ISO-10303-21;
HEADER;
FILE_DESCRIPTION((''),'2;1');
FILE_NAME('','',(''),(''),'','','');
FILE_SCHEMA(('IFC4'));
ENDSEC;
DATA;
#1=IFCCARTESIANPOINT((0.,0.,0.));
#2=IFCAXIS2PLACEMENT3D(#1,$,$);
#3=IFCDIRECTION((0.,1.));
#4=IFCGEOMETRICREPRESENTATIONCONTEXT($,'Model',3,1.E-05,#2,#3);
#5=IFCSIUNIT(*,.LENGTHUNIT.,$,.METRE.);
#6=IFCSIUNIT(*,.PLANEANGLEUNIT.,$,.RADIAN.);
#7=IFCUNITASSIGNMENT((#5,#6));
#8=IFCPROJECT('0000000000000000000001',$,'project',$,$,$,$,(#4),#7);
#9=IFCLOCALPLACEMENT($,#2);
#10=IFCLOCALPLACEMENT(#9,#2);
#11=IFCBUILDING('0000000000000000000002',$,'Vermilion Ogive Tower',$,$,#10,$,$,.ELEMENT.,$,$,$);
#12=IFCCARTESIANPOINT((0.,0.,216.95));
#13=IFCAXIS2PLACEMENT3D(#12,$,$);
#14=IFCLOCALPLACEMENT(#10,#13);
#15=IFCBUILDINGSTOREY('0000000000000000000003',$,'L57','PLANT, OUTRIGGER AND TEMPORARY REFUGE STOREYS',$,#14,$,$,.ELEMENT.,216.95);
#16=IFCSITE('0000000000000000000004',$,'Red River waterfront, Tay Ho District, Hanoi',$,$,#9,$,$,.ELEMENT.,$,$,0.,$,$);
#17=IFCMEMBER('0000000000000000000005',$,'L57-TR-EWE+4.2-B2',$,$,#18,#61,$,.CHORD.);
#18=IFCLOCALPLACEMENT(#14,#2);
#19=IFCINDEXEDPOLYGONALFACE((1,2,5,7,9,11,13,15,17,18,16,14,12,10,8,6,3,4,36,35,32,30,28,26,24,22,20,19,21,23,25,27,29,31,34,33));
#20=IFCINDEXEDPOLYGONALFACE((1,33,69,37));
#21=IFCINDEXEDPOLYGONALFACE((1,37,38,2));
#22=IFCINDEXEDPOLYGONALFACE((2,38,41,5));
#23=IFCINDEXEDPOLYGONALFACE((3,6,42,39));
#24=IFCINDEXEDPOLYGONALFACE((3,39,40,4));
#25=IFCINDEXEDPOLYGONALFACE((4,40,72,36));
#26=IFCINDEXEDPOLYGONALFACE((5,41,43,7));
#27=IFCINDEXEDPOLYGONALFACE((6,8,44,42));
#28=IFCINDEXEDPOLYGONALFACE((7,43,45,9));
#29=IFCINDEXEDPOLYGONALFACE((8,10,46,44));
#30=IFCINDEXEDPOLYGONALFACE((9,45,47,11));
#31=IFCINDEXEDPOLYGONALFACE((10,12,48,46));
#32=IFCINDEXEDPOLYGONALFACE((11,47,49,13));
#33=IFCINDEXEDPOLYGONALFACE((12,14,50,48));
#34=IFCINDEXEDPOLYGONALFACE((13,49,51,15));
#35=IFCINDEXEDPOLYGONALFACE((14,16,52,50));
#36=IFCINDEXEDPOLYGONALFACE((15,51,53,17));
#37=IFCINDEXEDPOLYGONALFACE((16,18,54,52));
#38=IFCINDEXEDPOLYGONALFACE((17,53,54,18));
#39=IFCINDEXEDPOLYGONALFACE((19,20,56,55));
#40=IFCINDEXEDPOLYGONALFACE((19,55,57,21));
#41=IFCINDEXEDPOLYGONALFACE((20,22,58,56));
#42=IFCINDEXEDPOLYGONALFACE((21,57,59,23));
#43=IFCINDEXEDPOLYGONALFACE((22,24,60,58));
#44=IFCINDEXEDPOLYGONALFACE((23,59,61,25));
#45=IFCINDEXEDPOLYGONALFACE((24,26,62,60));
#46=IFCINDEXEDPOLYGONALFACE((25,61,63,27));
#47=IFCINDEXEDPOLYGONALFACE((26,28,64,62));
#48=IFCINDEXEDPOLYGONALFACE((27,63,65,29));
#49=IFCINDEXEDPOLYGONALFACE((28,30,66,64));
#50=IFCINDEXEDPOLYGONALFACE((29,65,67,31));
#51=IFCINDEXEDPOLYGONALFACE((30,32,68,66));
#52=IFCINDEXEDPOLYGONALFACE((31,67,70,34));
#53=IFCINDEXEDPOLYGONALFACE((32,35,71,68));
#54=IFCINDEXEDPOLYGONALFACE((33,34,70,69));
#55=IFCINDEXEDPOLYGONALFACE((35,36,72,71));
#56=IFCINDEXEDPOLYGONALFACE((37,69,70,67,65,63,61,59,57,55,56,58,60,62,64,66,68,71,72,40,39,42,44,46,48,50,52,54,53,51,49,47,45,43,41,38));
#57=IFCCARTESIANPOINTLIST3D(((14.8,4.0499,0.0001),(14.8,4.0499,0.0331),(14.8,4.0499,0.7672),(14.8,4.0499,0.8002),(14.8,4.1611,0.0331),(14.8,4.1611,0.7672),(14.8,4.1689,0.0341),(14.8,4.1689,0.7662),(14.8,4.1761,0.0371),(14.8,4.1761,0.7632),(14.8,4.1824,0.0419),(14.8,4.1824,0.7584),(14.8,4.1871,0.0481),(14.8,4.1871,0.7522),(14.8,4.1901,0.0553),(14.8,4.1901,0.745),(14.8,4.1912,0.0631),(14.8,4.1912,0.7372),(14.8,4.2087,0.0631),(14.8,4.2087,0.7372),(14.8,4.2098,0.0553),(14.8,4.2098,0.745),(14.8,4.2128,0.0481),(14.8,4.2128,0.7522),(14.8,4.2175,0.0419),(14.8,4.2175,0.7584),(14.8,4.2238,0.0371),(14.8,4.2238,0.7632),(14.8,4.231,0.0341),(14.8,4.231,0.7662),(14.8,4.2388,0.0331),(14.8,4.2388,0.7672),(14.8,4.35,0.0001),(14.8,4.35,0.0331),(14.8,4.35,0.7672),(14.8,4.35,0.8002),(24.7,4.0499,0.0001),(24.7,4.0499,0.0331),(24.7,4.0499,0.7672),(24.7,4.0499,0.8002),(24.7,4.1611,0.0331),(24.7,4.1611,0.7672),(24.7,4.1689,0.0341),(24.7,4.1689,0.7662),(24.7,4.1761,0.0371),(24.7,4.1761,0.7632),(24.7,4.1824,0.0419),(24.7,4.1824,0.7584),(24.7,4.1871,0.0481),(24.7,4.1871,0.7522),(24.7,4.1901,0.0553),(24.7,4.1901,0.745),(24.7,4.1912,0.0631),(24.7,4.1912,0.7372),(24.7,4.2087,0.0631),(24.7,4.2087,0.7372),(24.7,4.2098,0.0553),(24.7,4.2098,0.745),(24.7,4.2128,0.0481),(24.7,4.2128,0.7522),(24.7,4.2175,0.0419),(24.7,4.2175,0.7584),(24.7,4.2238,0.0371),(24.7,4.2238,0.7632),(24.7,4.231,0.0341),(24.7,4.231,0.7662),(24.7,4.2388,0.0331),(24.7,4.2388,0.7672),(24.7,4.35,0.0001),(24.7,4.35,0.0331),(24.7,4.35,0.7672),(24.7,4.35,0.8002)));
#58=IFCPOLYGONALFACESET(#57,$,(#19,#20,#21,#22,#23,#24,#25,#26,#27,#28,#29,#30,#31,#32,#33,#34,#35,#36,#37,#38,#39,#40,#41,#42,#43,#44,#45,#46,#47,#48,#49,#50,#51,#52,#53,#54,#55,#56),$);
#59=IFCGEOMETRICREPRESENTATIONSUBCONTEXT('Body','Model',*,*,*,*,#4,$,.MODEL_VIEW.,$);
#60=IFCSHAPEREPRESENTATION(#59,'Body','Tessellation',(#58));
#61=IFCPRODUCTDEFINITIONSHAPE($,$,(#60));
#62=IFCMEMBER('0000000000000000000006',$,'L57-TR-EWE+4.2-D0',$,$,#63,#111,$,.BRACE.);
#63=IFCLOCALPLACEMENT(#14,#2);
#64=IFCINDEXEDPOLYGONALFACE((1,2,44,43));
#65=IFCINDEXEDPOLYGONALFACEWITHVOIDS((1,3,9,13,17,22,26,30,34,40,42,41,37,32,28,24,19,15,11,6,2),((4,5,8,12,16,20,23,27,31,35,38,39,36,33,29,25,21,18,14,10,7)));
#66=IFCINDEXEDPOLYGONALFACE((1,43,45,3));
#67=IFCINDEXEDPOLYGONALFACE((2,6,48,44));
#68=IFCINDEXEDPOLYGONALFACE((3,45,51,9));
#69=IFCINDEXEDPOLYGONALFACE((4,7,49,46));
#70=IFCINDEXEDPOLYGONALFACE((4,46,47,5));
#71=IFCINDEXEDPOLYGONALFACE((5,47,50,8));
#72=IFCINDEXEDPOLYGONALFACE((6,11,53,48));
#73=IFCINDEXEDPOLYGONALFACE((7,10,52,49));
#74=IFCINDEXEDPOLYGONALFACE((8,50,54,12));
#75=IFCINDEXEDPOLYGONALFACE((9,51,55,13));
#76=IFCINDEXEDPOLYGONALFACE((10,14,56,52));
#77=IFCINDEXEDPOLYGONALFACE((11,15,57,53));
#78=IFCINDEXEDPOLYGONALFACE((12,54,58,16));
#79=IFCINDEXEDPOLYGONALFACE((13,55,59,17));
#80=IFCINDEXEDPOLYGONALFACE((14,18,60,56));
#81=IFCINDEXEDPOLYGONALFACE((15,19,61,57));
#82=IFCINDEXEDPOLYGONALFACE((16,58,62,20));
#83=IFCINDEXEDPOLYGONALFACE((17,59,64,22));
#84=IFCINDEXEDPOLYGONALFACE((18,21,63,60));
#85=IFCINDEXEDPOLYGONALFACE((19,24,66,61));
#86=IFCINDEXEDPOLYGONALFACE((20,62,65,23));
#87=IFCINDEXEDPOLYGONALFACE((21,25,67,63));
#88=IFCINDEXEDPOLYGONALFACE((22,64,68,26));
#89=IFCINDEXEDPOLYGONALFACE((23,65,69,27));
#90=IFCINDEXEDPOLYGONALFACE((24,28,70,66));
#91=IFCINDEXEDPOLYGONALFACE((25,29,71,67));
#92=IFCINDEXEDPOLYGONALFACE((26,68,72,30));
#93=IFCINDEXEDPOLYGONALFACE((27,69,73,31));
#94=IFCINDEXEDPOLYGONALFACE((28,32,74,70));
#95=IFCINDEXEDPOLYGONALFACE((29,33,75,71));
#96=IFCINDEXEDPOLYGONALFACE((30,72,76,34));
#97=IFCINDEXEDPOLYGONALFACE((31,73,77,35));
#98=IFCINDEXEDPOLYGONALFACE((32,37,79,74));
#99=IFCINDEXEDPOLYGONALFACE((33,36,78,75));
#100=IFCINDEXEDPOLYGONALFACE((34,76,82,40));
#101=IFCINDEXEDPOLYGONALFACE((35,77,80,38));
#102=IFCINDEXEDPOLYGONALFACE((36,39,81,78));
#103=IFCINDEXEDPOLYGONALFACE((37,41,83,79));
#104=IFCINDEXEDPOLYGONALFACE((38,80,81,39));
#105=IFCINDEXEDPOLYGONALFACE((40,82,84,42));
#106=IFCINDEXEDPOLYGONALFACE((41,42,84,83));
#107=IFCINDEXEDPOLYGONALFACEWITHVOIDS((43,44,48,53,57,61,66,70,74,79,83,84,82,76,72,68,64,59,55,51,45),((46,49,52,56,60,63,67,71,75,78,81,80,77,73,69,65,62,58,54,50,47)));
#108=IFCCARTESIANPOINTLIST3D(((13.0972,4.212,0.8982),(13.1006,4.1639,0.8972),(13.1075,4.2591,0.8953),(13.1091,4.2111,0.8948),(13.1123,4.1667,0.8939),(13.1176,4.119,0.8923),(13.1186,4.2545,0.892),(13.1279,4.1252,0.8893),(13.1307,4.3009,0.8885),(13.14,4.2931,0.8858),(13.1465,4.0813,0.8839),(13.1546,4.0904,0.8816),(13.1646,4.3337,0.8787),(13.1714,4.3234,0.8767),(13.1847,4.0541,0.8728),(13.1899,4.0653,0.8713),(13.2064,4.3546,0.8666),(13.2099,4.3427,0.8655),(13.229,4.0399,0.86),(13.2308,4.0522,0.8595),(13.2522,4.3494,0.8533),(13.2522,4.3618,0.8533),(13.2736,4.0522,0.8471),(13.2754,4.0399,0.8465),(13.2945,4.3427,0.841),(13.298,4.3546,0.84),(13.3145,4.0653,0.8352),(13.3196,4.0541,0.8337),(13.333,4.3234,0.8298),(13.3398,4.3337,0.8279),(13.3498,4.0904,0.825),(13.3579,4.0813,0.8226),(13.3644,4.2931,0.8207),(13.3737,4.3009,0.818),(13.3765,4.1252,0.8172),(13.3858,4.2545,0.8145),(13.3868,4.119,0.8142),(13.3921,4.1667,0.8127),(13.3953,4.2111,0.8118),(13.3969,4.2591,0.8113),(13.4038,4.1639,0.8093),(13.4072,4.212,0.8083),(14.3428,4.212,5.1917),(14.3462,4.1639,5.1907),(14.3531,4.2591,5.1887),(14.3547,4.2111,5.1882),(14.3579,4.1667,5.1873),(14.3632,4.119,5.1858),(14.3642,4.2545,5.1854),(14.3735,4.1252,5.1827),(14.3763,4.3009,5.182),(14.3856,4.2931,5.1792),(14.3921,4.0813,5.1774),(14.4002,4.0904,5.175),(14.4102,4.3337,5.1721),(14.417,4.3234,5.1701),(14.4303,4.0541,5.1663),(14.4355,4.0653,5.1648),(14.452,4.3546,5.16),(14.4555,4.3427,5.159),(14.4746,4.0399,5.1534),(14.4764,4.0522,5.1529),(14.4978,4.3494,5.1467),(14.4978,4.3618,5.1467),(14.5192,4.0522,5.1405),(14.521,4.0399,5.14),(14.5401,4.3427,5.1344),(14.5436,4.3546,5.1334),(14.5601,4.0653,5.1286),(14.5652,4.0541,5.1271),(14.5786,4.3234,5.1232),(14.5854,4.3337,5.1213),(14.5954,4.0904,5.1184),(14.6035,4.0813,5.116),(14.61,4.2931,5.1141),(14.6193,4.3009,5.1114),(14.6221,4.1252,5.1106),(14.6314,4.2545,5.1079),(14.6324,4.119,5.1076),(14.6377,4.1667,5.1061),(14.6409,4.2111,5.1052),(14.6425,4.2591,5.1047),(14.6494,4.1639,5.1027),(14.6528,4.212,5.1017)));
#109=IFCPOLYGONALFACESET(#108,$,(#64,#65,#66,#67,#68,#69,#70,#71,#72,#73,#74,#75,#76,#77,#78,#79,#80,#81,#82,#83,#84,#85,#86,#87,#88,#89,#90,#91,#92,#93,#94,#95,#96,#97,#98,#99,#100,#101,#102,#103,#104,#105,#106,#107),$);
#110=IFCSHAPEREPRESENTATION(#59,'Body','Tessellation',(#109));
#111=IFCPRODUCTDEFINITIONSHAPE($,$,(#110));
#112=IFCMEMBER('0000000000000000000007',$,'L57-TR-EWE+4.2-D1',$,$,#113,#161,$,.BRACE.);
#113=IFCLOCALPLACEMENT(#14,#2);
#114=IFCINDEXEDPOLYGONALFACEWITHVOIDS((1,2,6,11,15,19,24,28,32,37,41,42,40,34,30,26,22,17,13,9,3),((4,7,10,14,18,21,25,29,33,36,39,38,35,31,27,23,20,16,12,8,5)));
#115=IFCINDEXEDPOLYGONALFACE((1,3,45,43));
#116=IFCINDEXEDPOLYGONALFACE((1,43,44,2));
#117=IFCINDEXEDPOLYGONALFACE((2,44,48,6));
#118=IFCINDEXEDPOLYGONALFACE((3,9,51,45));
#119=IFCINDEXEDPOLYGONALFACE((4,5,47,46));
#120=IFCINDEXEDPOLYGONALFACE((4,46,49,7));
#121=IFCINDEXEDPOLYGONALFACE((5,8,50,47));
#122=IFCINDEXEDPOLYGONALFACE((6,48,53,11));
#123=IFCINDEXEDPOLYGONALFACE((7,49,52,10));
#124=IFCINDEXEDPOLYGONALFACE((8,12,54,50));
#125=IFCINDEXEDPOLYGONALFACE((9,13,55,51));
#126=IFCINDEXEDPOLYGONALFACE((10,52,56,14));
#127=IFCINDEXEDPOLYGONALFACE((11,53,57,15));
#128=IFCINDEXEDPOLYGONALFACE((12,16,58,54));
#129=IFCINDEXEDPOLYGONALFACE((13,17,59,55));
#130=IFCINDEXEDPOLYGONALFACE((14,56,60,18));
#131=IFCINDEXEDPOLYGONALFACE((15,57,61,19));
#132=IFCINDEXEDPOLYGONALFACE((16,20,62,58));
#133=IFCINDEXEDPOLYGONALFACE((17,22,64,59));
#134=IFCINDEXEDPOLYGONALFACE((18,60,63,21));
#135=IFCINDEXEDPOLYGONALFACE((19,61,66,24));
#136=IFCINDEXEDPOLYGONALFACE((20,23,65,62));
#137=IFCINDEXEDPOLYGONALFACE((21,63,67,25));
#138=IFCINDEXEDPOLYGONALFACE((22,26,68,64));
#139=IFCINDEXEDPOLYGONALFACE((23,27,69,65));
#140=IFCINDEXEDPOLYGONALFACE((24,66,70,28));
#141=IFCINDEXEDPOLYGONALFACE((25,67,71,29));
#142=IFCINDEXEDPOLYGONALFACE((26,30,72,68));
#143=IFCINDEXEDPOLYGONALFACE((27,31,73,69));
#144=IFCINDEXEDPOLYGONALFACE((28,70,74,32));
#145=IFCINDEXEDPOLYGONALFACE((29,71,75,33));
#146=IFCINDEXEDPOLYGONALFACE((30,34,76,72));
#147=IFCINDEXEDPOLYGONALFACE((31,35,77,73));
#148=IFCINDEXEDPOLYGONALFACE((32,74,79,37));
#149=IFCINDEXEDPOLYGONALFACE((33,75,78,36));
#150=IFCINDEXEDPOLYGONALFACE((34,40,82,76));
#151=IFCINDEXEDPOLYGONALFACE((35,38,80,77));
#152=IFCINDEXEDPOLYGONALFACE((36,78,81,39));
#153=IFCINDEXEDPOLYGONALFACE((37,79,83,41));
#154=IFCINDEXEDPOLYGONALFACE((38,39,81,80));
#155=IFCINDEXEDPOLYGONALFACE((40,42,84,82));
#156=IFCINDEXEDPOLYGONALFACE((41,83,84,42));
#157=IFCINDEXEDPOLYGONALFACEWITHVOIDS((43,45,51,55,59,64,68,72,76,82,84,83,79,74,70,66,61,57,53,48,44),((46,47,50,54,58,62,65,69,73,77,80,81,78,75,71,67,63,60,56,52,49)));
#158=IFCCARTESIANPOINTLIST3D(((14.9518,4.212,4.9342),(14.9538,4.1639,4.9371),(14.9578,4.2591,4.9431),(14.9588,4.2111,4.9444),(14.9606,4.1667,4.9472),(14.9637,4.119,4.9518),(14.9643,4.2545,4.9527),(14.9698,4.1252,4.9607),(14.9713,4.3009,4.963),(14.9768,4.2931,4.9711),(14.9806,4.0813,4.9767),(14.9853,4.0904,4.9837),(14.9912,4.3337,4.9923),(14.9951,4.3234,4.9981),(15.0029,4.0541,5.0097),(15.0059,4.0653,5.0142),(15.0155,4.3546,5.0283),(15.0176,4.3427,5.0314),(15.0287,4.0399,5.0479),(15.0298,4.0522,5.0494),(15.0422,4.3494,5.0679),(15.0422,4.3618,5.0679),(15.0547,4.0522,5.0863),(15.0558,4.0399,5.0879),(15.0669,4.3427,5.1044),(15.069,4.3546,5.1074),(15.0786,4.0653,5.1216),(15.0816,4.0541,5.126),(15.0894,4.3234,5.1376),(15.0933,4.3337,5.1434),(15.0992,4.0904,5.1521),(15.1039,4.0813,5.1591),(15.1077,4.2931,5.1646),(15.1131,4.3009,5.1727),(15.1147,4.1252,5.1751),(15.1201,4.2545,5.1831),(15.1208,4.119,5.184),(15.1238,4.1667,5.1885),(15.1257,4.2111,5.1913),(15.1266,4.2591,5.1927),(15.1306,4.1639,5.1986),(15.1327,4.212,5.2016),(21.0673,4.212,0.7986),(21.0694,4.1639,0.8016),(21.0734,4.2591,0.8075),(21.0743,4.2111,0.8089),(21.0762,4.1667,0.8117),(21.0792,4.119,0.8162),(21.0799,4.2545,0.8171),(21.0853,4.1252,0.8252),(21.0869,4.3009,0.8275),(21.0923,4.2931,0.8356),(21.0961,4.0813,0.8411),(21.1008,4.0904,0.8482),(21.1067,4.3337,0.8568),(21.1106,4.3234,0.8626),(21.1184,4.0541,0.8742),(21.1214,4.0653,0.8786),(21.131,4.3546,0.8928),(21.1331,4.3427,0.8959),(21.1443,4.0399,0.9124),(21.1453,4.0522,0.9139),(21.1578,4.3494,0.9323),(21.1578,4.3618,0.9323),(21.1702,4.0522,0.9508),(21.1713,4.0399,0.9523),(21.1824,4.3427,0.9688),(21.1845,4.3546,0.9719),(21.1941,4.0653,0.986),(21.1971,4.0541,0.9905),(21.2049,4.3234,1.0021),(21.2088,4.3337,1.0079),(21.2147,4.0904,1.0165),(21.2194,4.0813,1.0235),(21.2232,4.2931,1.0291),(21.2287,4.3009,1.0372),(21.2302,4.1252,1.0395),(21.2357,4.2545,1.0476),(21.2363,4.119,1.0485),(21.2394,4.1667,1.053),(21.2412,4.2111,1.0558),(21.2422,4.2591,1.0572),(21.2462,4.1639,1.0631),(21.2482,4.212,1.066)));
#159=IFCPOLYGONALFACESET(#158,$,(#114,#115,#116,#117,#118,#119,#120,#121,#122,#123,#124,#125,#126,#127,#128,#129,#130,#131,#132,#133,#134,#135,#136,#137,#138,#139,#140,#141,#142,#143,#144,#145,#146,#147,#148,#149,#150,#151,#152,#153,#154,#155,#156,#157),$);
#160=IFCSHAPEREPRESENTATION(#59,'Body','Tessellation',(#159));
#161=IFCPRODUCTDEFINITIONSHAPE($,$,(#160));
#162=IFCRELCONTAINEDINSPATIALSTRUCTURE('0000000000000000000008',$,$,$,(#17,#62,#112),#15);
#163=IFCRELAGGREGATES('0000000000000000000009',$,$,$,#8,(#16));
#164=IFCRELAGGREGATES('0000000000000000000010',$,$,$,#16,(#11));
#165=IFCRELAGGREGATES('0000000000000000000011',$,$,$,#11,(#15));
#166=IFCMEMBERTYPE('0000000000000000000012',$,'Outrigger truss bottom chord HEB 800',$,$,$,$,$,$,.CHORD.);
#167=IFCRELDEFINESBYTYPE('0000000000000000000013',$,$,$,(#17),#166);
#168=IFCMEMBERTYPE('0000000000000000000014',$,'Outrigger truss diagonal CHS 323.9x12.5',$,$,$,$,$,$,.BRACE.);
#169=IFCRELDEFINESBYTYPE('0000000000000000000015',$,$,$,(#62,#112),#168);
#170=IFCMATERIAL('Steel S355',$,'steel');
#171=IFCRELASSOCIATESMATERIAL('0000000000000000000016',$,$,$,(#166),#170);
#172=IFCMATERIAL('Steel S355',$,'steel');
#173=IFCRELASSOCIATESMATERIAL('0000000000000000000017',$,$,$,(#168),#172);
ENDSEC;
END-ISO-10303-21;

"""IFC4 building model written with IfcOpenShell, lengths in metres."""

from ifc_helpers import new_model, si_unit, direction, frame, origin, origin_2d, place, context, subcontext, project, spatial, hollow_circle, i_section, extrude, material, material_profile, profile_set, type_object, element, save


model = new_model("IFC4")

# Units and contexts
model_context = context("Model", 3, precision=1e-05, world=origin(), true_north=direction((0.0, 1.0)))
body_context = subcontext(model_context, "Body", "Model", "MODEL_VIEW")
ifc_project = project(units=[si_unit("LENGTHUNIT", "METRE"), si_unit("PLANEANGLEUNIT", "RADIAN")], contexts=[model_context])

# Site, building, storey
site_placement = place(None, origin())
site = spatial("IfcSite", under=ifc_project, at=site_placement, Name="Red River waterfront, Tay Ho District, Hanoi", CompositionType="ELEMENT", RefElevation=0.0)
building_placement = place(site_placement, origin())
building = spatial("IfcBuilding", under=site, at=building_placement, Name="Vermilion Ogive Tower", CompositionType="ELEMENT")
storey_placement = place(building_placement, frame((0.0, 0.0, 216.95)))
storey = spatial("IfcBuildingStorey", under=building, at=storey_placement, Name="L57", Description="PLANT, OUTRIGGER AND TEMPORARY REFUGE STOREYS", CompositionType="ELEMENT", Elevation=216.95)

# Members
ifc_material_1 = material(Name="Steel S355", Category="steel")
ifc_material_profile_1 = material_profile(ifc_material_1, i_section(OverallWidth=0.3, OverallDepth=0.8, WebThickness=0.0176, FlangeThickness=0.033, FilletRadius=0.03, at=origin_2d()), Name="HEB 800")
ifc_profile_set_1 = profile_set([ifc_material_profile_1], Name="Steel S355")
member_type_1 = type_object("IfcMemberType", Name="Outrigger truss bottom chord HEB 800", PredefinedType="CHORD", material=ifc_profile_set_1)
member_1_placement = place(storey_placement, frame((14.8, 4.2, 0.4001), z_axis=(1.0, 0.0, 0.0), x_axis=(0.0, 1.0, 0.0)))
element("IfcMember", 1, at=member_1_placement, inside=storey, type_object=member_type_1, Name="L57-TR-EWE+4.2-B2", PredefinedType="CHORD", context=body_context, shape_type="SweptSolid", body=[
    extrude(i_section(OverallWidth=0.3, OverallDepth=0.8, WebThickness=0.0176, FlangeThickness=0.033, FilletRadius=0.03, at=origin_2d()), origin(), (0.0, 0.0, 1.0), 9.8999),
])
ifc_material_2 = material(Name="Steel S355", Category="steel")
ifc_material_profile_2 = material_profile(ifc_material_2, hollow_circle(Radius=0.1619, WallThickness=0.0125, at=origin_2d()), Name="CHS 323.9x12.5")
ifc_profile_set_2 = profile_set([ifc_material_profile_2], Name="Steel S355")
member_type_2 = type_object("IfcMemberType", Name="Outrigger truss diagonal CHS 323.9x12.5", PredefinedType="BRACE", material=ifc_profile_set_2)
member_2_placement = place(storey_placement, frame((13.2522, 4.2, 0.8533), z_axis=(0.278628, 0.0, 0.960399), x_axis=(0.0, 1.0, 0.0)))
element("IfcMember", 2, at=member_2_placement, inside=storey, type_object=member_type_2, Name="L57-TR-EWE+4.2-D0", PredefinedType="BRACE", context=body_context, shape_type="SweptSolid", body=[
    extrude(hollow_circle(Radius=0.1619, WallThickness=0.0125, at=origin_2d()), origin(), (0.0, 0.0, 1.0), 4.4705),
])
member_3_placement = place(storey_placement, frame((15.0422, 4.2, 5.0679), z_axis=(0.828374, 0.0, -0.560175), x_axis=(0.0, 1.0, 0.0)))
element("IfcMember", 3, at=member_3_placement, inside=storey, type_object=member_type_2, Name="L57-TR-EWE+4.2-D1", PredefinedType="BRACE", context=body_context, shape_type="SweptSolid", body=[
    extrude(hollow_circle(Radius=0.1619, WallThickness=0.0125, at=origin_2d()), origin(), (0.0, 0.0, 1.0), 7.3826),
])

save(model, "model.ifc")
